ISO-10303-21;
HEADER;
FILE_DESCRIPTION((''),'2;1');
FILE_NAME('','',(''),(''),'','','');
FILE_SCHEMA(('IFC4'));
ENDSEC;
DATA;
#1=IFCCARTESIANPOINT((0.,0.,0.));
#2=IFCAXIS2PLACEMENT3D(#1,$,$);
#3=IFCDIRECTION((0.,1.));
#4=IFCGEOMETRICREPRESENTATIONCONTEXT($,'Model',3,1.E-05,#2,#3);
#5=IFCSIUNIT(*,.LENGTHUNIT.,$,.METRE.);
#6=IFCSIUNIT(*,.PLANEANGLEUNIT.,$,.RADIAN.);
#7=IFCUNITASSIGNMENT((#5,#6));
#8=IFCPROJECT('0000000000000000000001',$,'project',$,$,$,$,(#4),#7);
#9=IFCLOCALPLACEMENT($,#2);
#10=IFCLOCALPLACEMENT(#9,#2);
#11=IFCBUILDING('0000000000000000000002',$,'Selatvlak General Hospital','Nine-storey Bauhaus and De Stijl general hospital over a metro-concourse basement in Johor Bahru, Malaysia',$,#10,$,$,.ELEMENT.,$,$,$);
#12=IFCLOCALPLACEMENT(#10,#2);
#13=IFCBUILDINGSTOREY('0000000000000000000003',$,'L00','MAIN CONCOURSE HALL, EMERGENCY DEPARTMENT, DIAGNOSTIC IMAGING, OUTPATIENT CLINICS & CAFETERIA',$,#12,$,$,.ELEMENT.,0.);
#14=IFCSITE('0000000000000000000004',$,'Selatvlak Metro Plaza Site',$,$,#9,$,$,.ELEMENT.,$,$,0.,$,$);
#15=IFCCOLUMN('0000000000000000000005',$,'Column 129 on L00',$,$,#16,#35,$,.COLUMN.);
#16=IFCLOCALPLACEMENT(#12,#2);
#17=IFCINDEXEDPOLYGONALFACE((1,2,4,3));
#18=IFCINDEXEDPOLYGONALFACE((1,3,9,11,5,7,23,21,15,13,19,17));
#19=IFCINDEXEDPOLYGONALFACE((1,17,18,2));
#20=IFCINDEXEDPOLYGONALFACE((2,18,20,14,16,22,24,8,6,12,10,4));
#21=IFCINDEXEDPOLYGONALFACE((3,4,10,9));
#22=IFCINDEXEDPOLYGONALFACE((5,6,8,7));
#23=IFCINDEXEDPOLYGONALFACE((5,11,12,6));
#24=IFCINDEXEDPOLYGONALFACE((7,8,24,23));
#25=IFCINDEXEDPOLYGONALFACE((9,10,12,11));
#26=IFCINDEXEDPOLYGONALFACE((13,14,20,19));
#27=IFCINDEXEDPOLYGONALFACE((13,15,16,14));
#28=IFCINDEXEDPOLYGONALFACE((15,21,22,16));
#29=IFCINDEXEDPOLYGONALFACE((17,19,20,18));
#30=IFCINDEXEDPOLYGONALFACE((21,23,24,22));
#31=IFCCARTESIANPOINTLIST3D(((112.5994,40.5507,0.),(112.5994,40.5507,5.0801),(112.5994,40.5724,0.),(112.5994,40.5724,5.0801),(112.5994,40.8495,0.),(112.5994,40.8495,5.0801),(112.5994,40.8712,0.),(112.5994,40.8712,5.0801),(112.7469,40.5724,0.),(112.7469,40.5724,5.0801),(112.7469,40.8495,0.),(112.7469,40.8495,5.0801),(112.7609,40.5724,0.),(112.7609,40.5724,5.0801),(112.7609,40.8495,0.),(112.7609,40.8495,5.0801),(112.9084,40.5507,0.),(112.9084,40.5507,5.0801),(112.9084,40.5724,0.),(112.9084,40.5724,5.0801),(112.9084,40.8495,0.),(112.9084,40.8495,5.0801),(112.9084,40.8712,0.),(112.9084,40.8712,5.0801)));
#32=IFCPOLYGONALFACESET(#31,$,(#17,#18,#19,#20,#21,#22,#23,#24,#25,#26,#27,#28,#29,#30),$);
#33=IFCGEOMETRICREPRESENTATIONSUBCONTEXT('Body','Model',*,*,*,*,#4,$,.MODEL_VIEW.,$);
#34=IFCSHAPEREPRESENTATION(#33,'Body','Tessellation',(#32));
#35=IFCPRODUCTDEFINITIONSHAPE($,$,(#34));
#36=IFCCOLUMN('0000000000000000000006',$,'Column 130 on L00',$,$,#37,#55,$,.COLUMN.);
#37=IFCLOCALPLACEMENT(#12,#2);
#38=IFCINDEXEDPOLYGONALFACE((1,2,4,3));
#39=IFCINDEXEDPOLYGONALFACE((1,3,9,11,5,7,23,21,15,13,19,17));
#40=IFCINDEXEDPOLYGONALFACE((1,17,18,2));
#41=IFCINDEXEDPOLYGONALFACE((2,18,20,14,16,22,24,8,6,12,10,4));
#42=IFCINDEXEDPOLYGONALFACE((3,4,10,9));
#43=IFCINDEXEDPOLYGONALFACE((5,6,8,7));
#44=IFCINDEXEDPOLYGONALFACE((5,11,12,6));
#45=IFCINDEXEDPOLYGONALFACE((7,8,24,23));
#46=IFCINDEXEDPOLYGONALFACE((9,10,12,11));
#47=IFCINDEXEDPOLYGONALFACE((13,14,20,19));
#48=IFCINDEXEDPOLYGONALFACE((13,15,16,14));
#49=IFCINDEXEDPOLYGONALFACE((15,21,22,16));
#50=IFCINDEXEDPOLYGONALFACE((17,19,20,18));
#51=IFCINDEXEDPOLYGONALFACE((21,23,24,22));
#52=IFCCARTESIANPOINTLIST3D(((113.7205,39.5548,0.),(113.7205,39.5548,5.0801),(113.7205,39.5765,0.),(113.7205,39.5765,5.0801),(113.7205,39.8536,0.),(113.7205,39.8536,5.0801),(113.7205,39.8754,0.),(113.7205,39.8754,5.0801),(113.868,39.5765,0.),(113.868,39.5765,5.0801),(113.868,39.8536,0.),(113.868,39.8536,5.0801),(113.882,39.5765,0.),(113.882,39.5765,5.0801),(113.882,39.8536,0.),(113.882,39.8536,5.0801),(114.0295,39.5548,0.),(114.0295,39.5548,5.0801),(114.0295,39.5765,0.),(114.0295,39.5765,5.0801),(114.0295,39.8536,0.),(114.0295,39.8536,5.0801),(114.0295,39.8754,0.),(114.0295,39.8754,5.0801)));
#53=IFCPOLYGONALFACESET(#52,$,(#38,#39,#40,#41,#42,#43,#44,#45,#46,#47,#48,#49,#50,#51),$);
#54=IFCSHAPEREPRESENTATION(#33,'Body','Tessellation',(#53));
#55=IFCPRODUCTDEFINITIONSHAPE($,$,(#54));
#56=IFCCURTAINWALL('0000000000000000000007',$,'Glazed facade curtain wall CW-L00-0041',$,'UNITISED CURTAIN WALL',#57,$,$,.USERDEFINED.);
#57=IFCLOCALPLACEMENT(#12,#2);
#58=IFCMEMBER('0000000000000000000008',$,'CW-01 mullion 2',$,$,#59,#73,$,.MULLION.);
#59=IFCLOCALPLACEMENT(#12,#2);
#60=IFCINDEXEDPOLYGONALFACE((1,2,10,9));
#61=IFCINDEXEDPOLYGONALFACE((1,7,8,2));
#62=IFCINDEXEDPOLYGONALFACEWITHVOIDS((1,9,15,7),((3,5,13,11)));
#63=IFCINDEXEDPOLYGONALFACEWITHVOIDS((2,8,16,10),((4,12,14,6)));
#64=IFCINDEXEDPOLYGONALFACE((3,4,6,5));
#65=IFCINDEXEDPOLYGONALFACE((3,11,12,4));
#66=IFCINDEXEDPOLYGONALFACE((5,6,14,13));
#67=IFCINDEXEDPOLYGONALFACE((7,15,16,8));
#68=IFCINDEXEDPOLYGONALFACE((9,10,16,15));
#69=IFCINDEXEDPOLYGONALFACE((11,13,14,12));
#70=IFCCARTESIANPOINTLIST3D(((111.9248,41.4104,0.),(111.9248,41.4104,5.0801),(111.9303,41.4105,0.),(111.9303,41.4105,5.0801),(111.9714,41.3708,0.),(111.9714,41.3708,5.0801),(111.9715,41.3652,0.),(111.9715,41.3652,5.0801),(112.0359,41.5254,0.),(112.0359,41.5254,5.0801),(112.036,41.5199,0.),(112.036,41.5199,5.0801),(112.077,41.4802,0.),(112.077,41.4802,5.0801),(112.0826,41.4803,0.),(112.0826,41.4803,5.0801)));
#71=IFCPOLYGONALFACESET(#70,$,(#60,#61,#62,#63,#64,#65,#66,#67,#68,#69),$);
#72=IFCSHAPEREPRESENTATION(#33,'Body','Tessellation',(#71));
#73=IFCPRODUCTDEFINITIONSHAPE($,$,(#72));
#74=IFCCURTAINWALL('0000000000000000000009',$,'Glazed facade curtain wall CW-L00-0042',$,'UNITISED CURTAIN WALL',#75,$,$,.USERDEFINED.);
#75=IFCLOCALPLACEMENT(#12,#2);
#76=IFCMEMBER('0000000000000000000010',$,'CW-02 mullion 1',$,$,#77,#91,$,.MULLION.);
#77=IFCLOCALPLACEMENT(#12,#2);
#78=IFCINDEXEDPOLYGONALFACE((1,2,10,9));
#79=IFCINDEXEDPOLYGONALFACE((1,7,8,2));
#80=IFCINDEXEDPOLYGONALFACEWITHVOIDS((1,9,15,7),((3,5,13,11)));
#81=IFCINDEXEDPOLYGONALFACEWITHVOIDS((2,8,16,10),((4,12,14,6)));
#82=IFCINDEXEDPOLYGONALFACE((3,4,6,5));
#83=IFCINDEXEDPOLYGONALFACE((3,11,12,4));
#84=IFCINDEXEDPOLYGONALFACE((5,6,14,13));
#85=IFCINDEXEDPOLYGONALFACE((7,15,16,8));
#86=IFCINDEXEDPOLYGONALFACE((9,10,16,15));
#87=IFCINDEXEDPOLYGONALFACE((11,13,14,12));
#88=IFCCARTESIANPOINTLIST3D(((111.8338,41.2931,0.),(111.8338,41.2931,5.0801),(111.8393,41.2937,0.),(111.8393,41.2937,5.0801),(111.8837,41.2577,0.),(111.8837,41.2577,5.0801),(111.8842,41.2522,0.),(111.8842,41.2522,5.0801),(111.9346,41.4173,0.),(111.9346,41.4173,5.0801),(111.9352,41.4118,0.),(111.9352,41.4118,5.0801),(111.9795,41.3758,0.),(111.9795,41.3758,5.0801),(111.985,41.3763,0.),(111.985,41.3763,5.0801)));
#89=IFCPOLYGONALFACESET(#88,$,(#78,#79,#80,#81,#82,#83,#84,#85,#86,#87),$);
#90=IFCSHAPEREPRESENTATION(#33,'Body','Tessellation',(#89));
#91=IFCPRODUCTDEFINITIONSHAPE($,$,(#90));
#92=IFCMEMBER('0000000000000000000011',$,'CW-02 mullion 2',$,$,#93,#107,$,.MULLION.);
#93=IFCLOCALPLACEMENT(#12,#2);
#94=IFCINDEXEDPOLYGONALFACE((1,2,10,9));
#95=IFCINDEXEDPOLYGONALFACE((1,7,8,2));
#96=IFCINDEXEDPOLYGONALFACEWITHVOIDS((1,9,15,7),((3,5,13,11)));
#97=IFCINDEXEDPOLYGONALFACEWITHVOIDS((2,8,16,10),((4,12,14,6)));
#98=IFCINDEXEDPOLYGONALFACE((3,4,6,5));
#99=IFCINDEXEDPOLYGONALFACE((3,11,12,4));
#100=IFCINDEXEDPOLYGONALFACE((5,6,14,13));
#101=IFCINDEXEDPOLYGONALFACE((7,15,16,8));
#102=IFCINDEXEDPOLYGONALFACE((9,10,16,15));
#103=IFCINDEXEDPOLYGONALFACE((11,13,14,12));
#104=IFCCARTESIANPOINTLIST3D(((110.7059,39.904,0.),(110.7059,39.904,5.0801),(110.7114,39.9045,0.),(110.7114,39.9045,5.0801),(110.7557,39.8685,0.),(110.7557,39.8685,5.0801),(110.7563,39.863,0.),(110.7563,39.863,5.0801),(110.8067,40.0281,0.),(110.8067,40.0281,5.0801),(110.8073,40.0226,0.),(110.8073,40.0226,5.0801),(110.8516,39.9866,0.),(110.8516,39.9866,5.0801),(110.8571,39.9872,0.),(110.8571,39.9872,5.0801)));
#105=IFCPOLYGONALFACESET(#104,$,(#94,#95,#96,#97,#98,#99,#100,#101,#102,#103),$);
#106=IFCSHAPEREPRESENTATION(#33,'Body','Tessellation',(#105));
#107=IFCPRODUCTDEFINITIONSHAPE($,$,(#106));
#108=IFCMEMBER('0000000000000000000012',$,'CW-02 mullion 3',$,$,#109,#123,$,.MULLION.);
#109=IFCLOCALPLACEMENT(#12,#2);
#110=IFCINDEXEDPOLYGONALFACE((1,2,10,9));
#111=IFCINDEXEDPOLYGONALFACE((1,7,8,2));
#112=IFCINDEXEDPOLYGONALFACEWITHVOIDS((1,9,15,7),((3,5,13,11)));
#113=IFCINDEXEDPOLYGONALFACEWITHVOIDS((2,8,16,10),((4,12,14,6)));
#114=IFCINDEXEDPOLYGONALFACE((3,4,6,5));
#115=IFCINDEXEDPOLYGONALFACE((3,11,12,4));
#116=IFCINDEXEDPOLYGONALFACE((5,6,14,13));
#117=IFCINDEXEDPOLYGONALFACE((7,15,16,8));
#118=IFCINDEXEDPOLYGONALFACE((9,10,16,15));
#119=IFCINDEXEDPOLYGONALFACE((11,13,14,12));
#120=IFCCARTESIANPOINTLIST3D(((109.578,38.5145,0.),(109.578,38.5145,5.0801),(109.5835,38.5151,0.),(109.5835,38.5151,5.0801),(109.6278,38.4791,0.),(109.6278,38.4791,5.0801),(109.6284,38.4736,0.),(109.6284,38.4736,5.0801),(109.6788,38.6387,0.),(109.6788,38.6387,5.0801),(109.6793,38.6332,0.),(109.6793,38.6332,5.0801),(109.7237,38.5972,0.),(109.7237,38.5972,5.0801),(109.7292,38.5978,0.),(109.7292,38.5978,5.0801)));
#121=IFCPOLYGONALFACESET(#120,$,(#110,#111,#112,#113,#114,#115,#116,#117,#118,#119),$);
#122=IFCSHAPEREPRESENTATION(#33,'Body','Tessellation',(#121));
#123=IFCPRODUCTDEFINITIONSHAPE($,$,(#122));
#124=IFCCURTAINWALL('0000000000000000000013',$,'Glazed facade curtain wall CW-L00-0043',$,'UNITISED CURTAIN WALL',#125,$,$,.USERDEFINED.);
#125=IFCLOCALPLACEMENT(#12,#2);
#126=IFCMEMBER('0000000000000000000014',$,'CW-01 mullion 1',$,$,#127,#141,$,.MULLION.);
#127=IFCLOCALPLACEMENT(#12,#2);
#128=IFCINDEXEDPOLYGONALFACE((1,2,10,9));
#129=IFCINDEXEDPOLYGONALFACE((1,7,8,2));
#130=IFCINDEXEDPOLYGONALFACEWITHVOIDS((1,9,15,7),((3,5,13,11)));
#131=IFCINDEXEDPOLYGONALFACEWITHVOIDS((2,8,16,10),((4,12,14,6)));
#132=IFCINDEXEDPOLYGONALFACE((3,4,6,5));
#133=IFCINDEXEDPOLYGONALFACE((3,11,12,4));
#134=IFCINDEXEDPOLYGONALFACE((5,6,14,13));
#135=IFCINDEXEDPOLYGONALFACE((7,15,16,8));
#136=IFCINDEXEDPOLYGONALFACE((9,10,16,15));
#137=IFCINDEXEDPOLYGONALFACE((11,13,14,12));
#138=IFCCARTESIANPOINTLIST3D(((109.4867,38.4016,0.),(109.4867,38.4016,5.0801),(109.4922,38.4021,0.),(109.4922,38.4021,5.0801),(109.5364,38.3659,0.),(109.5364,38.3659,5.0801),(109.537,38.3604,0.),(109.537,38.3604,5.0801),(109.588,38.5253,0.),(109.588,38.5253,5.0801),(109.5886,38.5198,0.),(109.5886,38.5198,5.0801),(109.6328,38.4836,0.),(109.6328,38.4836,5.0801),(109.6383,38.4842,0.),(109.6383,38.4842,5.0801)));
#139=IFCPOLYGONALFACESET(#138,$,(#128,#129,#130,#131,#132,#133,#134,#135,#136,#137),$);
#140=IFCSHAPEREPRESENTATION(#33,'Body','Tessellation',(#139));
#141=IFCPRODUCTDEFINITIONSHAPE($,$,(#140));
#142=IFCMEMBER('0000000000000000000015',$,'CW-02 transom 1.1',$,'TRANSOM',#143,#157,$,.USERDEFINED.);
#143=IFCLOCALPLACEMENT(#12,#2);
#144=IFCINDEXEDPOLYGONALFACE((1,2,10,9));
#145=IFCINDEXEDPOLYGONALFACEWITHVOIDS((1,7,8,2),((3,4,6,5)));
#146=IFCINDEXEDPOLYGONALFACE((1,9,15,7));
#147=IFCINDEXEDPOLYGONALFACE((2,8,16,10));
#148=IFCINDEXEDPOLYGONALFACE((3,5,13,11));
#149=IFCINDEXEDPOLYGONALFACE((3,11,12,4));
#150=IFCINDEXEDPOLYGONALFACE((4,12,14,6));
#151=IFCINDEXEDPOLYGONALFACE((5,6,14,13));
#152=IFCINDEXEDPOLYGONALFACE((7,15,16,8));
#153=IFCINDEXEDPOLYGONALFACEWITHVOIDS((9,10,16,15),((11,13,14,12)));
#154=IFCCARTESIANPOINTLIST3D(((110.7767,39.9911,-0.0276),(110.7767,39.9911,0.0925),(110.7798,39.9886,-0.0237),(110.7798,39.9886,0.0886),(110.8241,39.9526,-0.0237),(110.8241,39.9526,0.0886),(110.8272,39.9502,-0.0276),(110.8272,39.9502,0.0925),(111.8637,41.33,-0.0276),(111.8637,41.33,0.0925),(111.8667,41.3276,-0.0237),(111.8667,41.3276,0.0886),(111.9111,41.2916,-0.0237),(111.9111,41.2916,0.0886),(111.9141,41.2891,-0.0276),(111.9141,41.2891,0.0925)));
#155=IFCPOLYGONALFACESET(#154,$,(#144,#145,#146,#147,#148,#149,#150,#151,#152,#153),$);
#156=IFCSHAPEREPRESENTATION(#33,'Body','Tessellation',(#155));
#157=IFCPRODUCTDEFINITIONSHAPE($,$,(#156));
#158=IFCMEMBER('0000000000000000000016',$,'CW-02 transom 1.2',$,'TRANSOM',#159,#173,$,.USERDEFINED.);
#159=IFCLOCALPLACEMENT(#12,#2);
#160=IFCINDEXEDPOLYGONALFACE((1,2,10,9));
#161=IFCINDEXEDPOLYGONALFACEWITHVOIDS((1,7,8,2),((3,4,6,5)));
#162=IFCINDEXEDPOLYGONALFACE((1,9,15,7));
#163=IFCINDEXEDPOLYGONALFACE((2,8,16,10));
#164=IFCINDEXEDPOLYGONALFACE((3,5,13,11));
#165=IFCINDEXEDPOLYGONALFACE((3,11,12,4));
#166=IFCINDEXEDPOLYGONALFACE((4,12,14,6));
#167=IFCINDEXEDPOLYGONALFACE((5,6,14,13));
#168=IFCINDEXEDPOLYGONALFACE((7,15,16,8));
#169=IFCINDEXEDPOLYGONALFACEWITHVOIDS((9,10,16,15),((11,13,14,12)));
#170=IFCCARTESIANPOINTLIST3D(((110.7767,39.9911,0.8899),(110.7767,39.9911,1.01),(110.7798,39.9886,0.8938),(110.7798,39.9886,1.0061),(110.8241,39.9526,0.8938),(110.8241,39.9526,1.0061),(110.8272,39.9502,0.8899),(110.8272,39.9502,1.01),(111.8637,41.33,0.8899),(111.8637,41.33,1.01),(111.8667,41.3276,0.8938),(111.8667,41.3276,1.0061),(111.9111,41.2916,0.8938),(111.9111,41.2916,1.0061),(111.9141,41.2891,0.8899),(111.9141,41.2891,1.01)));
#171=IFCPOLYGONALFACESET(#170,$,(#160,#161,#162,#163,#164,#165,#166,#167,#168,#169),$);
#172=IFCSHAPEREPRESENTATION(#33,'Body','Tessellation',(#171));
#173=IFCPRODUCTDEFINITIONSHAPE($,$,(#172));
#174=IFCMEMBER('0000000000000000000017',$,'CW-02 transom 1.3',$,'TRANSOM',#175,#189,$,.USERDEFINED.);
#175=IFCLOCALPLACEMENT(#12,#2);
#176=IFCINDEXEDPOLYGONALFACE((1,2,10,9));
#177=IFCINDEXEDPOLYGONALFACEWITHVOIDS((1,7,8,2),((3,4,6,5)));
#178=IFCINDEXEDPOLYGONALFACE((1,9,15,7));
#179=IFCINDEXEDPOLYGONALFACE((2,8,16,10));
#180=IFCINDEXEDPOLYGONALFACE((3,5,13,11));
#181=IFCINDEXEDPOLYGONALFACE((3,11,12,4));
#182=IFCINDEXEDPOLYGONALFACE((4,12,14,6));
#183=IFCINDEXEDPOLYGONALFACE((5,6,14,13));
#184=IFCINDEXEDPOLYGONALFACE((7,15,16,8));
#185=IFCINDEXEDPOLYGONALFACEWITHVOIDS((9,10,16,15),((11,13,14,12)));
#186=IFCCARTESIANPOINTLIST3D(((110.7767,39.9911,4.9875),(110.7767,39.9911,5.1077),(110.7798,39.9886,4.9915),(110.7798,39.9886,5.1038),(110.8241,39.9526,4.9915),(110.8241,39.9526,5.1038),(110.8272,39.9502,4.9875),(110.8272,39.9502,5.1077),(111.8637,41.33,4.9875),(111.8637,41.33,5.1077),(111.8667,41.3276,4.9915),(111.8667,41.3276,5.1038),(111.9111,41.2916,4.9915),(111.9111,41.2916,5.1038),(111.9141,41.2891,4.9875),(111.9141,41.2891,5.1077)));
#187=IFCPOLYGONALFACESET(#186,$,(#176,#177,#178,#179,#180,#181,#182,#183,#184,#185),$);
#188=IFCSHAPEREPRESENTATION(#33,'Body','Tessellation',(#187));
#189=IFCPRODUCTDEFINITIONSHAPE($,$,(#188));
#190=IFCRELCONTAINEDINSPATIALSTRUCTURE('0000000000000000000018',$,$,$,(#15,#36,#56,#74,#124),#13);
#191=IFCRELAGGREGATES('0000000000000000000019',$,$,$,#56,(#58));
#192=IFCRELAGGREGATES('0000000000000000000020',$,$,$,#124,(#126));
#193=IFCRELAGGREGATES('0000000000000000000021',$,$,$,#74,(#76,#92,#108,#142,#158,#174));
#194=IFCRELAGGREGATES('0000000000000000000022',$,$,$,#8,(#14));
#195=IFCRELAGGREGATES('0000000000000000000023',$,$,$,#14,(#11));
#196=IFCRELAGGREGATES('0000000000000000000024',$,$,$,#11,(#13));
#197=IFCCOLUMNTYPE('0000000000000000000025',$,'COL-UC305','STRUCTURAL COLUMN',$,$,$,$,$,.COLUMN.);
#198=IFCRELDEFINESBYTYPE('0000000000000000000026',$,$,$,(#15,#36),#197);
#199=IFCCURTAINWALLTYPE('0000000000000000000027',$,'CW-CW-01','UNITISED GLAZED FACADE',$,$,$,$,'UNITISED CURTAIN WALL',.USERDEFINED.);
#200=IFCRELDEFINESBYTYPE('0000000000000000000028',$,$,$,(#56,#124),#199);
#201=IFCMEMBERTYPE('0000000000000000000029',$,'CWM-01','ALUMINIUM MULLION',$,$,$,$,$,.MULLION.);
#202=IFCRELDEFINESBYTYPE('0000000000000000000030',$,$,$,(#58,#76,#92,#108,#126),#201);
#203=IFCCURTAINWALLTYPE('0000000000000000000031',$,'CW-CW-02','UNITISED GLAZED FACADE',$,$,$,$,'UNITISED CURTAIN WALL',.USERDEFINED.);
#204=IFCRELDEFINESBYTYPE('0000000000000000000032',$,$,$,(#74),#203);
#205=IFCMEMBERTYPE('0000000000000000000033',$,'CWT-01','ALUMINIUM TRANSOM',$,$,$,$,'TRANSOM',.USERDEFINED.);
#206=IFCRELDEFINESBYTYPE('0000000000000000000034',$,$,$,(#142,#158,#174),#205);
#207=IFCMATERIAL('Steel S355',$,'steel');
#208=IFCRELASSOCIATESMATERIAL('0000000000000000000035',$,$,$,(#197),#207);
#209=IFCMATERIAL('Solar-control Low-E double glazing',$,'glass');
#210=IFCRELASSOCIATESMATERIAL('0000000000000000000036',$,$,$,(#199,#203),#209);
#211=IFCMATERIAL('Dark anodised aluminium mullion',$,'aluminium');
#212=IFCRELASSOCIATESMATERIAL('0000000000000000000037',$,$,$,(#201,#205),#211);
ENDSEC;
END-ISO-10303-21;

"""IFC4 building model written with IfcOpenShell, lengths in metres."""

from ifc_helpers import new_model, si_unit, direction, frame, origin, origin_2d, place, context, subcontext, project, spatial, hollow_rectangle, i_section, extrude, material, material_profile, profile_set, type_object, element, aggregate, save


model = new_model("IFC4")

# Units and contexts
model_context = context("Model", 3, precision=1e-05, world=origin(), true_north=direction((0.0, 1.0)))
body_context = subcontext(model_context, "Body", "Model", "MODEL_VIEW")
ifc_project = project(units=[si_unit("LENGTHUNIT", "METRE"), si_unit("PLANEANGLEUNIT", "RADIAN")], contexts=[model_context])

# Site, building, storey
site_placement = place(None, origin())
site = spatial("IfcSite", under=ifc_project, at=site_placement, Name="Selatvlak Metro Plaza Site", CompositionType="ELEMENT", RefElevation=0.0)
building_placement = place(site_placement, origin())
building = spatial("IfcBuilding", under=site, at=building_placement, Name="Selatvlak General Hospital", Description="Nine-storey Bauhaus and De Stijl general hospital over a metro-concourse basement in Johor Bahru, Malaysia", CompositionType="ELEMENT")
storey_placement = place(building_placement, origin())
storey = spatial("IfcBuildingStorey", under=building, at=storey_placement, Name="L00", Description="MAIN CONCOURSE HALL, EMERGENCY DEPARTMENT, DIAGNOSTIC IMAGING, OUTPATIENT CLINICS & CAFETERIA", CompositionType="ELEMENT", Elevation=0.0)

# Columns
ifc_material_1 = material(Name="Steel S355", Category="steel")
ifc_material_profile_1 = material_profile(ifc_material_1, i_section(OverallWidth=0.3091, OverallDepth=0.3206, WebThickness=0.0139, FlangeThickness=0.0217, at=origin_2d()), Name="UC 305x305x137")
ifc_profile_set_1 = profile_set([ifc_material_profile_1], Name="Steel S355")
column_type = type_object("IfcColumnType", Name="COL-UC305", Description="STRUCTURAL COLUMN", PredefinedType="COLUMN", material=ifc_profile_set_1)
for number, where, z_axis, x_axis, name in (
    (1, (112.7539, 40.7109, 0.0), (0.0, 0.0, 1.0), (1.0, 0.0, 0.0), "Column 129 on L00"),
    (2, (113.875, 39.7151, 0.0), (0.0, 0.0, 1.0), (1.0, 0.0, 0.0), "Column 130 on L00"),
):
    element("IfcColumn", number, at=place(storey_placement, frame(where, z_axis=z_axis, x_axis=x_axis)), inside=storey, type_object=column_type, Name=name, PredefinedType="COLUMN", context=body_context, shape_type="SweptSolid", body=[
        extrude(i_section(OverallWidth=0.3091, OverallDepth=0.3206, WebThickness=0.0139, FlangeThickness=0.0217, at=origin_2d()), origin(), (0.0, 0.0, 1.0), 5.0801),
    ])

# Curtain wall, member
ifc_material_2 = material(Name="Solar-control Low-E double glazing", Category="glass")
curtain_wall_type_1 = type_object("IfcCurtainWallType", Name="CW-CW-01", Description="UNITISED GLAZED FACADE", ElementType="UNITISED CURTAIN WALL", PredefinedType="USERDEFINED", material=ifc_material_2)
curtain_wall_1_placement = place(storey_placement, origin())
curtain_wall_1 = element("IfcCurtainWall", 3, at=curtain_wall_1_placement, inside=storey, type_object=curtain_wall_type_1, Name="Glazed facade curtain wall CW-L00-0041", ObjectType="UNITISED CURTAIN WALL", PredefinedType="USERDEFINED")
ifc_material_3 = material(Name="Dark anodised aluminium mullion", Category="aluminium")
ifc_material_profile_2 = material_profile(ifc_material_3, hollow_rectangle(XDim=0.0649, YDim=0.1599, WallThickness=0.0039, at=origin_2d()), Name="AL-MUL 65x160x4")
ifc_profile_set_2 = profile_set([ifc_material_profile_2], Name="Dark anodised aluminium mullion")
member_type_1 = type_object("IfcMemberType", Name="CWM-01", Description="ALUMINIUM MULLION", PredefinedType="MULLION", material=ifc_profile_set_2)
member_1_placement = place(storey_placement, frame((112.0037, 41.4453, 0.0), z_axis=(0.0, 0.0, 1.0), x_axis=(0.719197, -0.694806, 0.0)))
member_1 = element("IfcMember", 4, at=member_1_placement, type_object=member_type_1, Name="CW-01 mullion 2", PredefinedType="MULLION", context=body_context, shape_type="SweptSolid", body=[
    extrude(hollow_rectangle(XDim=0.0649, YDim=0.1599, WallThickness=0.0039, at=origin_2d()), origin(), (0.0, 0.0, 1.0), 5.0801),
])
aggregate(curtain_wall_1, [member_1])

# Curtain wall, members
curtain_wall_type_2 = type_object("IfcCurtainWallType", Name="CW-CW-02", Description="UNITISED GLAZED FACADE", ElementType="UNITISED CURTAIN WALL", PredefinedType="USERDEFINED", material=ifc_material_2)
curtain_wall_2_placement = place(storey_placement, origin())
curtain_wall_2 = element("IfcCurtainWall", 5, at=curtain_wall_2_placement, inside=storey, type_object=curtain_wall_type_2, Name="Glazed facade curtain wall CW-L00-0042", ObjectType="UNITISED CURTAIN WALL", PredefinedType="USERDEFINED")
member_2_placement = place(storey_placement, frame((111.9094, 41.3347, 0.0), z_axis=(0.0, 0.0, 1.0), x_axis=(0.776324, -0.630334, 0.0)))
member_2 = element("IfcMember", 6, at=member_2_placement, type_object=member_type_1, Name="CW-02 mullion 1", PredefinedType="MULLION", context=body_context, shape_type="SweptSolid", body=[
    extrude(hollow_rectangle(XDim=0.0649, YDim=0.1599, WallThickness=0.0039, at=origin_2d()), origin(), (0.0, 0.0, 1.0), 5.0801),
])
member_3_placement = place(storey_placement, frame((110.7815, 39.9456, 0.0), z_axis=(0.0, 0.0, 1.0), x_axis=(0.776324, -0.630334, 0.0)))
member_3 = element("IfcMember", 7, at=member_3_placement, type_object=member_type_1, Name="CW-02 mullion 2", PredefinedType="MULLION", context=body_context, shape_type="SweptSolid", body=[
    extrude(hollow_rectangle(XDim=0.0649, YDim=0.1599, WallThickness=0.0039, at=origin_2d()), origin(), (0.0, 0.0, 1.0), 5.0801),
])
member_4_placement = place(storey_placement, frame((109.6536, 38.5562, 0.0), z_axis=(0.0, 0.0, 1.0), x_axis=(0.776324, -0.630334, 0.0)))
member_4 = element("IfcMember", 8, at=member_4_placement, type_object=member_type_1, Name="CW-02 mullion 3", PredefinedType="MULLION", context=body_context, shape_type="SweptSolid", body=[
    extrude(hollow_rectangle(XDim=0.0649, YDim=0.1599, WallThickness=0.0039, at=origin_2d()), origin(), (0.0, 0.0, 1.0), 5.0801),
])

# Curtain wall, member
curtain_wall_3_placement = place(storey_placement, origin())
curtain_wall_3 = element("IfcCurtainWall", 9, at=curtain_wall_3_placement, inside=storey, type_object=curtain_wall_type_1, Name="Glazed facade curtain wall CW-L00-0043", ObjectType="UNITISED CURTAIN WALL", PredefinedType="USERDEFINED")
member_5_placement = place(storey_placement, frame((109.5625, 38.4429, 0.0), z_axis=(0.0, 0.0, 1.0), x_axis=(0.773786, -0.633447, 0.0)))
member_5 = element("IfcMember", 10, at=member_5_placement, type_object=member_type_1, Name="CW-01 mullion 1", PredefinedType="MULLION", context=body_context, shape_type="SweptSolid", body=[
    extrude(hollow_rectangle(XDim=0.0649, YDim=0.1599, WallThickness=0.0039, at=origin_2d()), origin(), (0.0, 0.0, 1.0), 5.0801),
])
aggregate(curtain_wall_3, [member_5])

# Members
ifc_material_profile_3 = material_profile(ifc_material_3, hollow_rectangle(XDim=0.0649, YDim=0.1201, WallThickness=0.0039, at=origin_2d()), Name="AL-TRN 65x120x4")
ifc_profile_set_3 = profile_set([ifc_material_profile_3], Name="Dark anodised aluminium mullion")
member_type_2 = type_object("IfcMemberType", Name="CWT-01", Description="ALUMINIUM TRANSOM", ElementType="TRANSOM", PredefinedType="USERDEFINED", material=ifc_profile_set_3)
member_6_placement = place(storey_placement, frame((111.8889, 41.3096, 0.0325), z_axis=(-0.630273, -0.776374, 0.0), x_axis=(0.776374, -0.630273, 0.0)))
member_6 = element("IfcMember", 11, at=member_6_placement, type_object=member_type_2, Name="CW-02 transom 1.1", ObjectType="TRANSOM", PredefinedType="USERDEFINED", context=body_context, shape_type="SweptSolid", body=[
    extrude(hollow_rectangle(XDim=0.0649, YDim=0.1201, WallThickness=0.0039, at=origin_2d()), origin(), (0.0, 0.0, 1.0), 1.7246),
])
member_7_placement = place(storey_placement, frame((111.8889, 41.3096, 0.95), z_axis=(-0.630273, -0.776374, 0.0), x_axis=(0.776374, -0.630273, 0.0)))
member_7 = element("IfcMember", 12, at=member_7_placement, type_object=member_type_2, Name="CW-02 transom 1.2", ObjectType="TRANSOM", PredefinedType="USERDEFINED", context=body_context, shape_type="SweptSolid", body=[
    extrude(hollow_rectangle(XDim=0.0649, YDim=0.1201, WallThickness=0.0039, at=origin_2d()), origin(), (0.0, 0.0, 1.0), 1.7246),
])
member_8_placement = place(storey_placement, frame((111.8889, 41.3096, 5.0476), z_axis=(-0.630273, -0.776374, 0.0), x_axis=(0.776374, -0.630273, 0.0)))
member_8 = element("IfcMember", 13, at=member_8_placement, type_object=member_type_2, Name="CW-02 transom 1.3", ObjectType="TRANSOM", PredefinedType="USERDEFINED", context=body_context, shape_type="SweptSolid", body=[
    extrude(hollow_rectangle(XDim=0.0649, YDim=0.1201, WallThickness=0.0039, at=origin_2d()), origin(), (0.0, 0.0, 1.0), 1.7246),
])

aggregate(curtain_wall_2, [member_2, member_3, member_4, member_6, member_7, member_8])

save(model, "model.ifc")
